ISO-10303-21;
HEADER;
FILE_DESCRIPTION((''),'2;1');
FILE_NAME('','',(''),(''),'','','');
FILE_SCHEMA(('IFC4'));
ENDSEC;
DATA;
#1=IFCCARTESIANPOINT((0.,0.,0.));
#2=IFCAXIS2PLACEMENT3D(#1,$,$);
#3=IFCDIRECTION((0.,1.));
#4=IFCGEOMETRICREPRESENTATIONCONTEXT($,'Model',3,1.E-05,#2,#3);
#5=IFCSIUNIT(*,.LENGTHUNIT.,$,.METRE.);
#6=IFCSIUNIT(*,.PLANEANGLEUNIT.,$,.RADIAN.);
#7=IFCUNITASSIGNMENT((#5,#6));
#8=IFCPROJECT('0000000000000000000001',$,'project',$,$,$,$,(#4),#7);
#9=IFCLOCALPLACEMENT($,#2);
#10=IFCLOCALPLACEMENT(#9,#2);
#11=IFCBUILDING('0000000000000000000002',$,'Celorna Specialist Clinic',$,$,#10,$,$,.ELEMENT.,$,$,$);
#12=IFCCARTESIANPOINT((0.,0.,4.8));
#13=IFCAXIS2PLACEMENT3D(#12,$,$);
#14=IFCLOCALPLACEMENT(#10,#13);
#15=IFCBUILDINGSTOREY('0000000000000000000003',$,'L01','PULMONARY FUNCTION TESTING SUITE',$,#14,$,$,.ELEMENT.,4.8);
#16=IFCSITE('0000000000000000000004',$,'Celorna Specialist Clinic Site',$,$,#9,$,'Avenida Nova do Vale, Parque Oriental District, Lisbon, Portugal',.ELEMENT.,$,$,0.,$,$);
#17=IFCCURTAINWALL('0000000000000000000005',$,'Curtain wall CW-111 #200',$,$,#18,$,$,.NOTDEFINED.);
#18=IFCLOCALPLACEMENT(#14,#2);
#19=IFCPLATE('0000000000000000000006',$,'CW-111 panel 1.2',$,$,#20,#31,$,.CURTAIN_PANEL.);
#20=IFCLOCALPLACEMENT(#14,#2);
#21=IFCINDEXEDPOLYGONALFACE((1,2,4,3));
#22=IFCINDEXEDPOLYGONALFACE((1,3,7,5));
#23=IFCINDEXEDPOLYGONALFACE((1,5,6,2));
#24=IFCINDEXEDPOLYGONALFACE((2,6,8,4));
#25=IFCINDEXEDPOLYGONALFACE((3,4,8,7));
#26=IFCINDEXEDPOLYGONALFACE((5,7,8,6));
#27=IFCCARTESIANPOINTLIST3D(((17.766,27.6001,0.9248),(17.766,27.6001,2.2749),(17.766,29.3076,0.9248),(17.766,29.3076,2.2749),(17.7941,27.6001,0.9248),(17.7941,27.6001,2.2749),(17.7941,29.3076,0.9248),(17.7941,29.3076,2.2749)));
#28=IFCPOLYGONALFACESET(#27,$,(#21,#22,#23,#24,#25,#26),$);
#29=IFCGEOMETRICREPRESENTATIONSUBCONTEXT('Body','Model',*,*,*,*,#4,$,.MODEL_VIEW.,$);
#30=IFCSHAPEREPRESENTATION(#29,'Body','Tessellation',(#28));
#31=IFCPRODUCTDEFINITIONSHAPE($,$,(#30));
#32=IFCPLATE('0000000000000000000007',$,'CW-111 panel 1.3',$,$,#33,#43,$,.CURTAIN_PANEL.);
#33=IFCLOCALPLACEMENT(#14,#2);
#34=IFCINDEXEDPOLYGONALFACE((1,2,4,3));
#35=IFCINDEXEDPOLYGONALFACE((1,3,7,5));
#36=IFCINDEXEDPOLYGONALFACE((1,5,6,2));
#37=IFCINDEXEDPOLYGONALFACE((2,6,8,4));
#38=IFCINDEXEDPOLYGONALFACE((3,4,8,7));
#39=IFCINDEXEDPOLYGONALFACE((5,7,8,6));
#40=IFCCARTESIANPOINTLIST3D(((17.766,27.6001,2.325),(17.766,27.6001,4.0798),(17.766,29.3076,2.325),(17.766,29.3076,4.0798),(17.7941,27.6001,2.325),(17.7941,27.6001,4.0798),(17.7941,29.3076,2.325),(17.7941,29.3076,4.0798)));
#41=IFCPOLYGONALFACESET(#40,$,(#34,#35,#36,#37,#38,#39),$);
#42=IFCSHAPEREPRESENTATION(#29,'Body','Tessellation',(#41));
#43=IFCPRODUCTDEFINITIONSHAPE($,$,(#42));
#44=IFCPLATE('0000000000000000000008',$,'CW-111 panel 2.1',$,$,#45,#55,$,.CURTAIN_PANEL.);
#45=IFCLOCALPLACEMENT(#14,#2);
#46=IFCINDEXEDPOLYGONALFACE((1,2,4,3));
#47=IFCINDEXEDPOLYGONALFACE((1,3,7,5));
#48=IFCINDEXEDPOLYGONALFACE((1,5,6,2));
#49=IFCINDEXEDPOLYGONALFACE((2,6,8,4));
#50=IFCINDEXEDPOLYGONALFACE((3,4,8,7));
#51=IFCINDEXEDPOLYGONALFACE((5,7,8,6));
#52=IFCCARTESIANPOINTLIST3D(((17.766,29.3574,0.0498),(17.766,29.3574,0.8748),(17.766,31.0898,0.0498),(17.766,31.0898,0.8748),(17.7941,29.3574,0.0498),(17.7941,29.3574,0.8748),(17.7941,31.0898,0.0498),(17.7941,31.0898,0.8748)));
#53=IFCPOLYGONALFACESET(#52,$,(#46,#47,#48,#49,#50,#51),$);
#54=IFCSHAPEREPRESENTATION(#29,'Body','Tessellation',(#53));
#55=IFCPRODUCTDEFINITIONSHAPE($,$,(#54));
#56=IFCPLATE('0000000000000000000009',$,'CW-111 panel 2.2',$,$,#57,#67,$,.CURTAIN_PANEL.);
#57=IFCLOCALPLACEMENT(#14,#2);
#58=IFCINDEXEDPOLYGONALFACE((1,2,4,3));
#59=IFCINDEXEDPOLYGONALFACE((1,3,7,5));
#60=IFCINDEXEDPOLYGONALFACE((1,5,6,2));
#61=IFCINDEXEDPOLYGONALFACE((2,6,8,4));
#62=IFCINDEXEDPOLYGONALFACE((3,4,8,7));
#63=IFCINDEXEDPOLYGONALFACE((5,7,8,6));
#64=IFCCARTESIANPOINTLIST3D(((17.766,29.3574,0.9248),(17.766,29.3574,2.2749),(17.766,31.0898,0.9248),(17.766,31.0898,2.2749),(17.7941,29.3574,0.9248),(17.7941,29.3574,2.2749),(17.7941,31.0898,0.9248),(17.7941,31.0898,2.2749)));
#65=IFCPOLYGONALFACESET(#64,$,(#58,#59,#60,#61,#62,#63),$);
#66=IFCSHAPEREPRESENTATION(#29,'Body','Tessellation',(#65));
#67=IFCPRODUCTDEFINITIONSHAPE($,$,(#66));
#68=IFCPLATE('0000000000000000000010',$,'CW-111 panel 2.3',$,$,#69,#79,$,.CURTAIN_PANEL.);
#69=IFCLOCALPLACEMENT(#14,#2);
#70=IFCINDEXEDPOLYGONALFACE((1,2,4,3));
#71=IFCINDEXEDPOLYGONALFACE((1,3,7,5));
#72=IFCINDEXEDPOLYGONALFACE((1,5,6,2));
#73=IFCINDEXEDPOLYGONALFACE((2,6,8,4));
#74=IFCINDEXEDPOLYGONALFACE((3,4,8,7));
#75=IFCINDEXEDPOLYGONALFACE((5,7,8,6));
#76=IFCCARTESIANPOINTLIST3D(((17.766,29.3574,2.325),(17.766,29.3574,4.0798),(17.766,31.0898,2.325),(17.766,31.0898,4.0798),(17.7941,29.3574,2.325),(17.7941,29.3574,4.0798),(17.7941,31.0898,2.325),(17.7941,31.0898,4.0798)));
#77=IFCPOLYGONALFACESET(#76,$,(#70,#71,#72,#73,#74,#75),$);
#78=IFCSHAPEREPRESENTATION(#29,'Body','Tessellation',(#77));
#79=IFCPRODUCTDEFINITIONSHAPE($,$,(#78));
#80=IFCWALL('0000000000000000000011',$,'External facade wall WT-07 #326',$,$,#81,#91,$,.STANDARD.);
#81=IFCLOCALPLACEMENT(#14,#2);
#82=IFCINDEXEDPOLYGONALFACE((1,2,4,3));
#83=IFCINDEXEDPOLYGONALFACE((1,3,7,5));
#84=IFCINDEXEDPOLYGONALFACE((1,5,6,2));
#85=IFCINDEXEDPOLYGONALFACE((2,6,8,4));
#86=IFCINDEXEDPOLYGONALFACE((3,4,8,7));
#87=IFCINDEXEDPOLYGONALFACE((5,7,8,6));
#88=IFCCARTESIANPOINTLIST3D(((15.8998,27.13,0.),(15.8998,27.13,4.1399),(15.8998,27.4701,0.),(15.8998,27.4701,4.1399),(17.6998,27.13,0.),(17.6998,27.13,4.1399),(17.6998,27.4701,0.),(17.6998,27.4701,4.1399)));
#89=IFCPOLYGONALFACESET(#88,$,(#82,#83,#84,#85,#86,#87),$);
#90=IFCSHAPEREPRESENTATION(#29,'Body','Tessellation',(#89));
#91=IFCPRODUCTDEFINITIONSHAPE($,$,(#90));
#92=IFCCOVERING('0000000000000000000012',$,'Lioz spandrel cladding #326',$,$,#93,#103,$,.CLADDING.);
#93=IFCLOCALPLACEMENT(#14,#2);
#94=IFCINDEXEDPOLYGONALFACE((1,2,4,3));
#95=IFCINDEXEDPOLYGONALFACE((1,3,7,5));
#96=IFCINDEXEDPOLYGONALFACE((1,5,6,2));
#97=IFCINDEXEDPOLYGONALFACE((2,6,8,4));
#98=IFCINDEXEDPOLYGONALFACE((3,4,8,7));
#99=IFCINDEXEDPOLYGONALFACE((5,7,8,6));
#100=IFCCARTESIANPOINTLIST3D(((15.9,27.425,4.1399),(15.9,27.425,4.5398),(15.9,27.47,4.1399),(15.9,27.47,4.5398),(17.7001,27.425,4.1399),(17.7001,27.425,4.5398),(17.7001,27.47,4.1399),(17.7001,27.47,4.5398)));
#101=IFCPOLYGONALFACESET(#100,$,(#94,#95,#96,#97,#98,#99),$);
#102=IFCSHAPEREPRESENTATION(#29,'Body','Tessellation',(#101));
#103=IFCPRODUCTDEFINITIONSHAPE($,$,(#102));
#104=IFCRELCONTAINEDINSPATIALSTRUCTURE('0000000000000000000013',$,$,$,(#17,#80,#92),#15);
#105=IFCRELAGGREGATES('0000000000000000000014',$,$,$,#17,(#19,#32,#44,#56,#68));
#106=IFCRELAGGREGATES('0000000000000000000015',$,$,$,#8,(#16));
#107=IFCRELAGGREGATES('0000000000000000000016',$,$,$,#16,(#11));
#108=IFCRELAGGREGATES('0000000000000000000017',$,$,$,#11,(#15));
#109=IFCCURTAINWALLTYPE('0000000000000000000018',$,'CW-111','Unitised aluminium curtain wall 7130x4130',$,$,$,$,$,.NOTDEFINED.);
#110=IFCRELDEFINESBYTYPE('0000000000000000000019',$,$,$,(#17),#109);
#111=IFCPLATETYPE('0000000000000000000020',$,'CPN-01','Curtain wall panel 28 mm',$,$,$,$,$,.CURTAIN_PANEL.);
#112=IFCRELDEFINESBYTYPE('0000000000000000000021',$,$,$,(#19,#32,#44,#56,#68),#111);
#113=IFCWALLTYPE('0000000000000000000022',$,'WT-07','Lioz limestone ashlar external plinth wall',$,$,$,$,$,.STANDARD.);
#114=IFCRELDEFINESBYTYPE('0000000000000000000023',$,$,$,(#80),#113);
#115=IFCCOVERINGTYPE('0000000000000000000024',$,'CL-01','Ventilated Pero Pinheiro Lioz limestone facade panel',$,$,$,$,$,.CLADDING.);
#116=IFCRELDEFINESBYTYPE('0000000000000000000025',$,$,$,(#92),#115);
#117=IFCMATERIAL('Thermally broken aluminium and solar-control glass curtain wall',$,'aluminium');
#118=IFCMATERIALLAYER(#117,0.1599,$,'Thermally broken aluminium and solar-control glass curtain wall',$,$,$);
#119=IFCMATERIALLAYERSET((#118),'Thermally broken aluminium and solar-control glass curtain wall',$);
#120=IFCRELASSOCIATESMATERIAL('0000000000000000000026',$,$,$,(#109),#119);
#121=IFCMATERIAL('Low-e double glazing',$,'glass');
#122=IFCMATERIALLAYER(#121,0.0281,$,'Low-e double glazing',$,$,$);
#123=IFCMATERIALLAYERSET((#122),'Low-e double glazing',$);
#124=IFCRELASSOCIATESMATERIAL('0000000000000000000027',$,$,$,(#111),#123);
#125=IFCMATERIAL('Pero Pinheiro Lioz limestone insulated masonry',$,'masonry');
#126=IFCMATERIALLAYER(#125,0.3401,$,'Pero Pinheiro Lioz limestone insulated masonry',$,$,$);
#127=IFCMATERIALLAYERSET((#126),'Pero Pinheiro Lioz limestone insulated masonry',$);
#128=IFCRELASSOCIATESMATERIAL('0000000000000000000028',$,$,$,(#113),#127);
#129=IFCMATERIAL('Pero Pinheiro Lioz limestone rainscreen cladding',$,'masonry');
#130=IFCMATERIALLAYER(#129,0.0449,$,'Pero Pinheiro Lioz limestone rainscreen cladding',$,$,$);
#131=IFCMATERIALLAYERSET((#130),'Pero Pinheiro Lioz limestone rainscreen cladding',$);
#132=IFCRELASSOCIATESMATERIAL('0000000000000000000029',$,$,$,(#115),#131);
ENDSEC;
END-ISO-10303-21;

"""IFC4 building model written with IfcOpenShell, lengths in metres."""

from ifc_helpers import new_model, si_unit, direction, frame, frame_2d, origin, origin_2d, place, context, subcontext, project, spatial, rectangle, extrude, material, layer, layer_set, type_object, element, aggregate, save


model = new_model("IFC4")

# Units and contexts
model_context = context("Model", 3, precision=1e-05, world=origin(), true_north=direction((0.0, 1.0)))
body_context = subcontext(model_context, "Body", "Model", "MODEL_VIEW")
ifc_project = project(units=[si_unit("LENGTHUNIT", "METRE"), si_unit("PLANEANGLEUNIT", "RADIAN")], contexts=[model_context])

# Site, building, storey
site_placement = place(None, origin())
site = spatial("IfcSite", under=ifc_project, at=site_placement, Name="Celorna Specialist Clinic Site", LongName="Avenida Nova do Vale, Parque Oriental District, Lisbon, Portugal", CompositionType="ELEMENT", RefElevation=0.0)
building_placement = place(site_placement, origin())
building = spatial("IfcBuilding", under=site, at=building_placement, Name="Celorna Specialist Clinic", CompositionType="ELEMENT")
storey_placement = place(building_placement, frame((0.0, 0.0, 4.8)))
storey = spatial("IfcBuildingStorey", under=building, at=storey_placement, Name="L01", Description="PULMONARY FUNCTION TESTING SUITE", CompositionType="ELEMENT", Elevation=4.8)

# Curtain wall, plates
ifc_material_1 = material(Name="Thermally broken aluminium and solar-control glass curtain wall", Category="aluminium")
ifc_layer_1 = layer(ifc_material_1, 0.1599, Name="Thermally broken aluminium and solar-control glass curtain wall")
ifc_layer_set_1 = layer_set([ifc_layer_1], Name="Thermally broken aluminium and solar-control glass curtain wall")
curtain_wall_type = type_object("IfcCurtainWallType", Name="CW-111", Description="Unitised aluminium curtain wall 7130x4130", PredefinedType="NOTDEFINED", material=ifc_layer_set_1)
curtain_wall_placement = place(storey_placement, origin())
curtain_wall = element("IfcCurtainWall", 1, at=curtain_wall_placement, inside=storey, type_object=curtain_wall_type, Name="Curtain wall CW-111 #200", PredefinedType="NOTDEFINED")
ifc_material_2 = material(Name="Low-e double glazing", Category="glass")
ifc_layer_2 = layer(ifc_material_2, 0.0281, Name="Low-e double glazing")
ifc_layer_set_2 = layer_set([ifc_layer_2], Name="Low-e double glazing")
plate_type = type_object("IfcPlateType", Name="CPN-01", Description="Curtain wall panel 28 mm", PredefinedType="CURTAIN_PANEL", material=ifc_layer_set_2)
plate_1_placement = place(storey_placement, frame((17.78, 28.4539, 0.9248), z_axis=(0.0, 0.0, 1.0), x_axis=(0.0, 1.0, 0.0)))
plate_1 = element("IfcPlate", 2, at=plate_1_placement, type_object=plate_type, Name="CW-111 panel 1.2", PredefinedType="CURTAIN_PANEL", context=body_context, shape_type="SweptSolid", body=[
    extrude(rectangle(XDim=1.7075, YDim=0.0281, at=origin_2d()), origin(), (0.0, 0.0, 1.0), 1.3501),
])
plate_2_placement = place(storey_placement, frame((17.78, 28.4539, 2.325), z_axis=(0.0, 0.0, 1.0), x_axis=(0.0, 1.0, 0.0)))
plate_2 = element("IfcPlate", 3, at=plate_2_placement, type_object=plate_type, Name="CW-111 panel 1.3", PredefinedType="CURTAIN_PANEL", context=body_context, shape_type="SweptSolid", body=[
    extrude(rectangle(XDim=1.7075, YDim=0.0281, at=origin_2d()), origin(), (0.0, 0.0, 1.0), 1.7549),
])
plate_3_placement = place(storey_placement, frame((17.78, 30.2236, 0.0498), z_axis=(0.0, 0.0, 1.0), x_axis=(0.0, 1.0, 0.0)))
plate_3 = element("IfcPlate", 4, at=plate_3_placement, type_object=plate_type, Name="CW-111 panel 2.1", PredefinedType="CURTAIN_PANEL", context=body_context, shape_type="SweptSolid", body=[
    extrude(rectangle(XDim=1.7324, YDim=0.0281, at=origin_2d()), origin(), (0.0, 0.0, 1.0), 0.825),
])
plate_4_placement = place(storey_placement, frame((17.78, 30.2236, 0.9248), z_axis=(0.0, 0.0, 1.0), x_axis=(0.0, 1.0, 0.0)))
plate_4 = element("IfcPlate", 5, at=plate_4_placement, type_object=plate_type, Name="CW-111 panel 2.2", PredefinedType="CURTAIN_PANEL", context=body_context, shape_type="SweptSolid", body=[
    extrude(rectangle(XDim=1.7324, YDim=0.0281, at=origin_2d()), origin(), (0.0, 0.0, 1.0), 1.3501),
])
plate_5_placement = place(storey_placement, frame((17.78, 30.2236, 2.325), z_axis=(0.0, 0.0, 1.0), x_axis=(0.0, 1.0, 0.0)))
plate_5 = element("IfcPlate", 6, at=plate_5_placement, type_object=plate_type, Name="CW-111 panel 2.3", PredefinedType="CURTAIN_PANEL", context=body_context, shape_type="SweptSolid", body=[
    extrude(rectangle(XDim=1.7324, YDim=0.0281, at=origin_2d()), origin(), (0.0, 0.0, 1.0), 1.7549),
])
aggregate(curtain_wall, [plate_1, plate_2, plate_3, plate_4, plate_5])

# Wall
ifc_material_3 = material(Name="Pero Pinheiro Lioz limestone insulated masonry", Category="masonry")
ifc_layer_3 = layer(ifc_material_3, 0.3401, Name="Pero Pinheiro Lioz limestone insulated masonry")
ifc_layer_set_3 = layer_set([ifc_layer_3], Name="Pero Pinheiro Lioz limestone insulated masonry")
wall_type = type_object("IfcWallType", Name="WT-07", Description="Lioz limestone ashlar external plinth wall", PredefinedType="STANDARD", material=ifc_layer_set_3)
wall_placement = place(storey_placement, frame((15.8999, 27.3, 0.0), z_axis=(0.0, 0.0, 1.0), x_axis=(1.0, 0.0, 0.0)))
element("IfcWall", 7, at=wall_placement, inside=storey, type_object=wall_type, Name="External facade wall WT-07 #326", PredefinedType="STANDARD", context=body_context, shape_type="SweptSolid", body=[
    extrude(rectangle(XDim=1.8, YDim=0.3401, at=frame_2d((0.8999, 0.0))), origin(), (0.0, 0.0, 1.0), 4.1399),
])

# Covering
ifc_material_4 = material(Name="Pero Pinheiro Lioz limestone rainscreen cladding", Category="masonry")
ifc_layer_4 = layer(ifc_material_4, 0.0449, Name="Pero Pinheiro Lioz limestone rainscreen cladding")
ifc_layer_set_4 = layer_set([ifc_layer_4], Name="Pero Pinheiro Lioz limestone rainscreen cladding")
covering_type = type_object("IfcCoveringType", Name="CL-01", Description="Ventilated Pero Pinheiro Lioz limestone facade panel", PredefinedType="CLADDING", material=ifc_layer_set_4)
covering_placement = place(storey_placement, frame((16.8, 27.4475, 4.1399), z_axis=(0.0, 0.0, 1.0), x_axis=(1.0, 0.0, 0.0)))
element("IfcCovering", 8, at=covering_placement, inside=storey, type_object=covering_type, Name="Lioz spandrel cladding #326", PredefinedType="CLADDING", context=body_context, shape_type="SweptSolid", body=[
    extrude(rectangle(XDim=1.8, YDim=0.0449, at=origin_2d()), origin(), (0.0, 0.0, 1.0), 0.3999),
])

save(model, "model.ifc")
